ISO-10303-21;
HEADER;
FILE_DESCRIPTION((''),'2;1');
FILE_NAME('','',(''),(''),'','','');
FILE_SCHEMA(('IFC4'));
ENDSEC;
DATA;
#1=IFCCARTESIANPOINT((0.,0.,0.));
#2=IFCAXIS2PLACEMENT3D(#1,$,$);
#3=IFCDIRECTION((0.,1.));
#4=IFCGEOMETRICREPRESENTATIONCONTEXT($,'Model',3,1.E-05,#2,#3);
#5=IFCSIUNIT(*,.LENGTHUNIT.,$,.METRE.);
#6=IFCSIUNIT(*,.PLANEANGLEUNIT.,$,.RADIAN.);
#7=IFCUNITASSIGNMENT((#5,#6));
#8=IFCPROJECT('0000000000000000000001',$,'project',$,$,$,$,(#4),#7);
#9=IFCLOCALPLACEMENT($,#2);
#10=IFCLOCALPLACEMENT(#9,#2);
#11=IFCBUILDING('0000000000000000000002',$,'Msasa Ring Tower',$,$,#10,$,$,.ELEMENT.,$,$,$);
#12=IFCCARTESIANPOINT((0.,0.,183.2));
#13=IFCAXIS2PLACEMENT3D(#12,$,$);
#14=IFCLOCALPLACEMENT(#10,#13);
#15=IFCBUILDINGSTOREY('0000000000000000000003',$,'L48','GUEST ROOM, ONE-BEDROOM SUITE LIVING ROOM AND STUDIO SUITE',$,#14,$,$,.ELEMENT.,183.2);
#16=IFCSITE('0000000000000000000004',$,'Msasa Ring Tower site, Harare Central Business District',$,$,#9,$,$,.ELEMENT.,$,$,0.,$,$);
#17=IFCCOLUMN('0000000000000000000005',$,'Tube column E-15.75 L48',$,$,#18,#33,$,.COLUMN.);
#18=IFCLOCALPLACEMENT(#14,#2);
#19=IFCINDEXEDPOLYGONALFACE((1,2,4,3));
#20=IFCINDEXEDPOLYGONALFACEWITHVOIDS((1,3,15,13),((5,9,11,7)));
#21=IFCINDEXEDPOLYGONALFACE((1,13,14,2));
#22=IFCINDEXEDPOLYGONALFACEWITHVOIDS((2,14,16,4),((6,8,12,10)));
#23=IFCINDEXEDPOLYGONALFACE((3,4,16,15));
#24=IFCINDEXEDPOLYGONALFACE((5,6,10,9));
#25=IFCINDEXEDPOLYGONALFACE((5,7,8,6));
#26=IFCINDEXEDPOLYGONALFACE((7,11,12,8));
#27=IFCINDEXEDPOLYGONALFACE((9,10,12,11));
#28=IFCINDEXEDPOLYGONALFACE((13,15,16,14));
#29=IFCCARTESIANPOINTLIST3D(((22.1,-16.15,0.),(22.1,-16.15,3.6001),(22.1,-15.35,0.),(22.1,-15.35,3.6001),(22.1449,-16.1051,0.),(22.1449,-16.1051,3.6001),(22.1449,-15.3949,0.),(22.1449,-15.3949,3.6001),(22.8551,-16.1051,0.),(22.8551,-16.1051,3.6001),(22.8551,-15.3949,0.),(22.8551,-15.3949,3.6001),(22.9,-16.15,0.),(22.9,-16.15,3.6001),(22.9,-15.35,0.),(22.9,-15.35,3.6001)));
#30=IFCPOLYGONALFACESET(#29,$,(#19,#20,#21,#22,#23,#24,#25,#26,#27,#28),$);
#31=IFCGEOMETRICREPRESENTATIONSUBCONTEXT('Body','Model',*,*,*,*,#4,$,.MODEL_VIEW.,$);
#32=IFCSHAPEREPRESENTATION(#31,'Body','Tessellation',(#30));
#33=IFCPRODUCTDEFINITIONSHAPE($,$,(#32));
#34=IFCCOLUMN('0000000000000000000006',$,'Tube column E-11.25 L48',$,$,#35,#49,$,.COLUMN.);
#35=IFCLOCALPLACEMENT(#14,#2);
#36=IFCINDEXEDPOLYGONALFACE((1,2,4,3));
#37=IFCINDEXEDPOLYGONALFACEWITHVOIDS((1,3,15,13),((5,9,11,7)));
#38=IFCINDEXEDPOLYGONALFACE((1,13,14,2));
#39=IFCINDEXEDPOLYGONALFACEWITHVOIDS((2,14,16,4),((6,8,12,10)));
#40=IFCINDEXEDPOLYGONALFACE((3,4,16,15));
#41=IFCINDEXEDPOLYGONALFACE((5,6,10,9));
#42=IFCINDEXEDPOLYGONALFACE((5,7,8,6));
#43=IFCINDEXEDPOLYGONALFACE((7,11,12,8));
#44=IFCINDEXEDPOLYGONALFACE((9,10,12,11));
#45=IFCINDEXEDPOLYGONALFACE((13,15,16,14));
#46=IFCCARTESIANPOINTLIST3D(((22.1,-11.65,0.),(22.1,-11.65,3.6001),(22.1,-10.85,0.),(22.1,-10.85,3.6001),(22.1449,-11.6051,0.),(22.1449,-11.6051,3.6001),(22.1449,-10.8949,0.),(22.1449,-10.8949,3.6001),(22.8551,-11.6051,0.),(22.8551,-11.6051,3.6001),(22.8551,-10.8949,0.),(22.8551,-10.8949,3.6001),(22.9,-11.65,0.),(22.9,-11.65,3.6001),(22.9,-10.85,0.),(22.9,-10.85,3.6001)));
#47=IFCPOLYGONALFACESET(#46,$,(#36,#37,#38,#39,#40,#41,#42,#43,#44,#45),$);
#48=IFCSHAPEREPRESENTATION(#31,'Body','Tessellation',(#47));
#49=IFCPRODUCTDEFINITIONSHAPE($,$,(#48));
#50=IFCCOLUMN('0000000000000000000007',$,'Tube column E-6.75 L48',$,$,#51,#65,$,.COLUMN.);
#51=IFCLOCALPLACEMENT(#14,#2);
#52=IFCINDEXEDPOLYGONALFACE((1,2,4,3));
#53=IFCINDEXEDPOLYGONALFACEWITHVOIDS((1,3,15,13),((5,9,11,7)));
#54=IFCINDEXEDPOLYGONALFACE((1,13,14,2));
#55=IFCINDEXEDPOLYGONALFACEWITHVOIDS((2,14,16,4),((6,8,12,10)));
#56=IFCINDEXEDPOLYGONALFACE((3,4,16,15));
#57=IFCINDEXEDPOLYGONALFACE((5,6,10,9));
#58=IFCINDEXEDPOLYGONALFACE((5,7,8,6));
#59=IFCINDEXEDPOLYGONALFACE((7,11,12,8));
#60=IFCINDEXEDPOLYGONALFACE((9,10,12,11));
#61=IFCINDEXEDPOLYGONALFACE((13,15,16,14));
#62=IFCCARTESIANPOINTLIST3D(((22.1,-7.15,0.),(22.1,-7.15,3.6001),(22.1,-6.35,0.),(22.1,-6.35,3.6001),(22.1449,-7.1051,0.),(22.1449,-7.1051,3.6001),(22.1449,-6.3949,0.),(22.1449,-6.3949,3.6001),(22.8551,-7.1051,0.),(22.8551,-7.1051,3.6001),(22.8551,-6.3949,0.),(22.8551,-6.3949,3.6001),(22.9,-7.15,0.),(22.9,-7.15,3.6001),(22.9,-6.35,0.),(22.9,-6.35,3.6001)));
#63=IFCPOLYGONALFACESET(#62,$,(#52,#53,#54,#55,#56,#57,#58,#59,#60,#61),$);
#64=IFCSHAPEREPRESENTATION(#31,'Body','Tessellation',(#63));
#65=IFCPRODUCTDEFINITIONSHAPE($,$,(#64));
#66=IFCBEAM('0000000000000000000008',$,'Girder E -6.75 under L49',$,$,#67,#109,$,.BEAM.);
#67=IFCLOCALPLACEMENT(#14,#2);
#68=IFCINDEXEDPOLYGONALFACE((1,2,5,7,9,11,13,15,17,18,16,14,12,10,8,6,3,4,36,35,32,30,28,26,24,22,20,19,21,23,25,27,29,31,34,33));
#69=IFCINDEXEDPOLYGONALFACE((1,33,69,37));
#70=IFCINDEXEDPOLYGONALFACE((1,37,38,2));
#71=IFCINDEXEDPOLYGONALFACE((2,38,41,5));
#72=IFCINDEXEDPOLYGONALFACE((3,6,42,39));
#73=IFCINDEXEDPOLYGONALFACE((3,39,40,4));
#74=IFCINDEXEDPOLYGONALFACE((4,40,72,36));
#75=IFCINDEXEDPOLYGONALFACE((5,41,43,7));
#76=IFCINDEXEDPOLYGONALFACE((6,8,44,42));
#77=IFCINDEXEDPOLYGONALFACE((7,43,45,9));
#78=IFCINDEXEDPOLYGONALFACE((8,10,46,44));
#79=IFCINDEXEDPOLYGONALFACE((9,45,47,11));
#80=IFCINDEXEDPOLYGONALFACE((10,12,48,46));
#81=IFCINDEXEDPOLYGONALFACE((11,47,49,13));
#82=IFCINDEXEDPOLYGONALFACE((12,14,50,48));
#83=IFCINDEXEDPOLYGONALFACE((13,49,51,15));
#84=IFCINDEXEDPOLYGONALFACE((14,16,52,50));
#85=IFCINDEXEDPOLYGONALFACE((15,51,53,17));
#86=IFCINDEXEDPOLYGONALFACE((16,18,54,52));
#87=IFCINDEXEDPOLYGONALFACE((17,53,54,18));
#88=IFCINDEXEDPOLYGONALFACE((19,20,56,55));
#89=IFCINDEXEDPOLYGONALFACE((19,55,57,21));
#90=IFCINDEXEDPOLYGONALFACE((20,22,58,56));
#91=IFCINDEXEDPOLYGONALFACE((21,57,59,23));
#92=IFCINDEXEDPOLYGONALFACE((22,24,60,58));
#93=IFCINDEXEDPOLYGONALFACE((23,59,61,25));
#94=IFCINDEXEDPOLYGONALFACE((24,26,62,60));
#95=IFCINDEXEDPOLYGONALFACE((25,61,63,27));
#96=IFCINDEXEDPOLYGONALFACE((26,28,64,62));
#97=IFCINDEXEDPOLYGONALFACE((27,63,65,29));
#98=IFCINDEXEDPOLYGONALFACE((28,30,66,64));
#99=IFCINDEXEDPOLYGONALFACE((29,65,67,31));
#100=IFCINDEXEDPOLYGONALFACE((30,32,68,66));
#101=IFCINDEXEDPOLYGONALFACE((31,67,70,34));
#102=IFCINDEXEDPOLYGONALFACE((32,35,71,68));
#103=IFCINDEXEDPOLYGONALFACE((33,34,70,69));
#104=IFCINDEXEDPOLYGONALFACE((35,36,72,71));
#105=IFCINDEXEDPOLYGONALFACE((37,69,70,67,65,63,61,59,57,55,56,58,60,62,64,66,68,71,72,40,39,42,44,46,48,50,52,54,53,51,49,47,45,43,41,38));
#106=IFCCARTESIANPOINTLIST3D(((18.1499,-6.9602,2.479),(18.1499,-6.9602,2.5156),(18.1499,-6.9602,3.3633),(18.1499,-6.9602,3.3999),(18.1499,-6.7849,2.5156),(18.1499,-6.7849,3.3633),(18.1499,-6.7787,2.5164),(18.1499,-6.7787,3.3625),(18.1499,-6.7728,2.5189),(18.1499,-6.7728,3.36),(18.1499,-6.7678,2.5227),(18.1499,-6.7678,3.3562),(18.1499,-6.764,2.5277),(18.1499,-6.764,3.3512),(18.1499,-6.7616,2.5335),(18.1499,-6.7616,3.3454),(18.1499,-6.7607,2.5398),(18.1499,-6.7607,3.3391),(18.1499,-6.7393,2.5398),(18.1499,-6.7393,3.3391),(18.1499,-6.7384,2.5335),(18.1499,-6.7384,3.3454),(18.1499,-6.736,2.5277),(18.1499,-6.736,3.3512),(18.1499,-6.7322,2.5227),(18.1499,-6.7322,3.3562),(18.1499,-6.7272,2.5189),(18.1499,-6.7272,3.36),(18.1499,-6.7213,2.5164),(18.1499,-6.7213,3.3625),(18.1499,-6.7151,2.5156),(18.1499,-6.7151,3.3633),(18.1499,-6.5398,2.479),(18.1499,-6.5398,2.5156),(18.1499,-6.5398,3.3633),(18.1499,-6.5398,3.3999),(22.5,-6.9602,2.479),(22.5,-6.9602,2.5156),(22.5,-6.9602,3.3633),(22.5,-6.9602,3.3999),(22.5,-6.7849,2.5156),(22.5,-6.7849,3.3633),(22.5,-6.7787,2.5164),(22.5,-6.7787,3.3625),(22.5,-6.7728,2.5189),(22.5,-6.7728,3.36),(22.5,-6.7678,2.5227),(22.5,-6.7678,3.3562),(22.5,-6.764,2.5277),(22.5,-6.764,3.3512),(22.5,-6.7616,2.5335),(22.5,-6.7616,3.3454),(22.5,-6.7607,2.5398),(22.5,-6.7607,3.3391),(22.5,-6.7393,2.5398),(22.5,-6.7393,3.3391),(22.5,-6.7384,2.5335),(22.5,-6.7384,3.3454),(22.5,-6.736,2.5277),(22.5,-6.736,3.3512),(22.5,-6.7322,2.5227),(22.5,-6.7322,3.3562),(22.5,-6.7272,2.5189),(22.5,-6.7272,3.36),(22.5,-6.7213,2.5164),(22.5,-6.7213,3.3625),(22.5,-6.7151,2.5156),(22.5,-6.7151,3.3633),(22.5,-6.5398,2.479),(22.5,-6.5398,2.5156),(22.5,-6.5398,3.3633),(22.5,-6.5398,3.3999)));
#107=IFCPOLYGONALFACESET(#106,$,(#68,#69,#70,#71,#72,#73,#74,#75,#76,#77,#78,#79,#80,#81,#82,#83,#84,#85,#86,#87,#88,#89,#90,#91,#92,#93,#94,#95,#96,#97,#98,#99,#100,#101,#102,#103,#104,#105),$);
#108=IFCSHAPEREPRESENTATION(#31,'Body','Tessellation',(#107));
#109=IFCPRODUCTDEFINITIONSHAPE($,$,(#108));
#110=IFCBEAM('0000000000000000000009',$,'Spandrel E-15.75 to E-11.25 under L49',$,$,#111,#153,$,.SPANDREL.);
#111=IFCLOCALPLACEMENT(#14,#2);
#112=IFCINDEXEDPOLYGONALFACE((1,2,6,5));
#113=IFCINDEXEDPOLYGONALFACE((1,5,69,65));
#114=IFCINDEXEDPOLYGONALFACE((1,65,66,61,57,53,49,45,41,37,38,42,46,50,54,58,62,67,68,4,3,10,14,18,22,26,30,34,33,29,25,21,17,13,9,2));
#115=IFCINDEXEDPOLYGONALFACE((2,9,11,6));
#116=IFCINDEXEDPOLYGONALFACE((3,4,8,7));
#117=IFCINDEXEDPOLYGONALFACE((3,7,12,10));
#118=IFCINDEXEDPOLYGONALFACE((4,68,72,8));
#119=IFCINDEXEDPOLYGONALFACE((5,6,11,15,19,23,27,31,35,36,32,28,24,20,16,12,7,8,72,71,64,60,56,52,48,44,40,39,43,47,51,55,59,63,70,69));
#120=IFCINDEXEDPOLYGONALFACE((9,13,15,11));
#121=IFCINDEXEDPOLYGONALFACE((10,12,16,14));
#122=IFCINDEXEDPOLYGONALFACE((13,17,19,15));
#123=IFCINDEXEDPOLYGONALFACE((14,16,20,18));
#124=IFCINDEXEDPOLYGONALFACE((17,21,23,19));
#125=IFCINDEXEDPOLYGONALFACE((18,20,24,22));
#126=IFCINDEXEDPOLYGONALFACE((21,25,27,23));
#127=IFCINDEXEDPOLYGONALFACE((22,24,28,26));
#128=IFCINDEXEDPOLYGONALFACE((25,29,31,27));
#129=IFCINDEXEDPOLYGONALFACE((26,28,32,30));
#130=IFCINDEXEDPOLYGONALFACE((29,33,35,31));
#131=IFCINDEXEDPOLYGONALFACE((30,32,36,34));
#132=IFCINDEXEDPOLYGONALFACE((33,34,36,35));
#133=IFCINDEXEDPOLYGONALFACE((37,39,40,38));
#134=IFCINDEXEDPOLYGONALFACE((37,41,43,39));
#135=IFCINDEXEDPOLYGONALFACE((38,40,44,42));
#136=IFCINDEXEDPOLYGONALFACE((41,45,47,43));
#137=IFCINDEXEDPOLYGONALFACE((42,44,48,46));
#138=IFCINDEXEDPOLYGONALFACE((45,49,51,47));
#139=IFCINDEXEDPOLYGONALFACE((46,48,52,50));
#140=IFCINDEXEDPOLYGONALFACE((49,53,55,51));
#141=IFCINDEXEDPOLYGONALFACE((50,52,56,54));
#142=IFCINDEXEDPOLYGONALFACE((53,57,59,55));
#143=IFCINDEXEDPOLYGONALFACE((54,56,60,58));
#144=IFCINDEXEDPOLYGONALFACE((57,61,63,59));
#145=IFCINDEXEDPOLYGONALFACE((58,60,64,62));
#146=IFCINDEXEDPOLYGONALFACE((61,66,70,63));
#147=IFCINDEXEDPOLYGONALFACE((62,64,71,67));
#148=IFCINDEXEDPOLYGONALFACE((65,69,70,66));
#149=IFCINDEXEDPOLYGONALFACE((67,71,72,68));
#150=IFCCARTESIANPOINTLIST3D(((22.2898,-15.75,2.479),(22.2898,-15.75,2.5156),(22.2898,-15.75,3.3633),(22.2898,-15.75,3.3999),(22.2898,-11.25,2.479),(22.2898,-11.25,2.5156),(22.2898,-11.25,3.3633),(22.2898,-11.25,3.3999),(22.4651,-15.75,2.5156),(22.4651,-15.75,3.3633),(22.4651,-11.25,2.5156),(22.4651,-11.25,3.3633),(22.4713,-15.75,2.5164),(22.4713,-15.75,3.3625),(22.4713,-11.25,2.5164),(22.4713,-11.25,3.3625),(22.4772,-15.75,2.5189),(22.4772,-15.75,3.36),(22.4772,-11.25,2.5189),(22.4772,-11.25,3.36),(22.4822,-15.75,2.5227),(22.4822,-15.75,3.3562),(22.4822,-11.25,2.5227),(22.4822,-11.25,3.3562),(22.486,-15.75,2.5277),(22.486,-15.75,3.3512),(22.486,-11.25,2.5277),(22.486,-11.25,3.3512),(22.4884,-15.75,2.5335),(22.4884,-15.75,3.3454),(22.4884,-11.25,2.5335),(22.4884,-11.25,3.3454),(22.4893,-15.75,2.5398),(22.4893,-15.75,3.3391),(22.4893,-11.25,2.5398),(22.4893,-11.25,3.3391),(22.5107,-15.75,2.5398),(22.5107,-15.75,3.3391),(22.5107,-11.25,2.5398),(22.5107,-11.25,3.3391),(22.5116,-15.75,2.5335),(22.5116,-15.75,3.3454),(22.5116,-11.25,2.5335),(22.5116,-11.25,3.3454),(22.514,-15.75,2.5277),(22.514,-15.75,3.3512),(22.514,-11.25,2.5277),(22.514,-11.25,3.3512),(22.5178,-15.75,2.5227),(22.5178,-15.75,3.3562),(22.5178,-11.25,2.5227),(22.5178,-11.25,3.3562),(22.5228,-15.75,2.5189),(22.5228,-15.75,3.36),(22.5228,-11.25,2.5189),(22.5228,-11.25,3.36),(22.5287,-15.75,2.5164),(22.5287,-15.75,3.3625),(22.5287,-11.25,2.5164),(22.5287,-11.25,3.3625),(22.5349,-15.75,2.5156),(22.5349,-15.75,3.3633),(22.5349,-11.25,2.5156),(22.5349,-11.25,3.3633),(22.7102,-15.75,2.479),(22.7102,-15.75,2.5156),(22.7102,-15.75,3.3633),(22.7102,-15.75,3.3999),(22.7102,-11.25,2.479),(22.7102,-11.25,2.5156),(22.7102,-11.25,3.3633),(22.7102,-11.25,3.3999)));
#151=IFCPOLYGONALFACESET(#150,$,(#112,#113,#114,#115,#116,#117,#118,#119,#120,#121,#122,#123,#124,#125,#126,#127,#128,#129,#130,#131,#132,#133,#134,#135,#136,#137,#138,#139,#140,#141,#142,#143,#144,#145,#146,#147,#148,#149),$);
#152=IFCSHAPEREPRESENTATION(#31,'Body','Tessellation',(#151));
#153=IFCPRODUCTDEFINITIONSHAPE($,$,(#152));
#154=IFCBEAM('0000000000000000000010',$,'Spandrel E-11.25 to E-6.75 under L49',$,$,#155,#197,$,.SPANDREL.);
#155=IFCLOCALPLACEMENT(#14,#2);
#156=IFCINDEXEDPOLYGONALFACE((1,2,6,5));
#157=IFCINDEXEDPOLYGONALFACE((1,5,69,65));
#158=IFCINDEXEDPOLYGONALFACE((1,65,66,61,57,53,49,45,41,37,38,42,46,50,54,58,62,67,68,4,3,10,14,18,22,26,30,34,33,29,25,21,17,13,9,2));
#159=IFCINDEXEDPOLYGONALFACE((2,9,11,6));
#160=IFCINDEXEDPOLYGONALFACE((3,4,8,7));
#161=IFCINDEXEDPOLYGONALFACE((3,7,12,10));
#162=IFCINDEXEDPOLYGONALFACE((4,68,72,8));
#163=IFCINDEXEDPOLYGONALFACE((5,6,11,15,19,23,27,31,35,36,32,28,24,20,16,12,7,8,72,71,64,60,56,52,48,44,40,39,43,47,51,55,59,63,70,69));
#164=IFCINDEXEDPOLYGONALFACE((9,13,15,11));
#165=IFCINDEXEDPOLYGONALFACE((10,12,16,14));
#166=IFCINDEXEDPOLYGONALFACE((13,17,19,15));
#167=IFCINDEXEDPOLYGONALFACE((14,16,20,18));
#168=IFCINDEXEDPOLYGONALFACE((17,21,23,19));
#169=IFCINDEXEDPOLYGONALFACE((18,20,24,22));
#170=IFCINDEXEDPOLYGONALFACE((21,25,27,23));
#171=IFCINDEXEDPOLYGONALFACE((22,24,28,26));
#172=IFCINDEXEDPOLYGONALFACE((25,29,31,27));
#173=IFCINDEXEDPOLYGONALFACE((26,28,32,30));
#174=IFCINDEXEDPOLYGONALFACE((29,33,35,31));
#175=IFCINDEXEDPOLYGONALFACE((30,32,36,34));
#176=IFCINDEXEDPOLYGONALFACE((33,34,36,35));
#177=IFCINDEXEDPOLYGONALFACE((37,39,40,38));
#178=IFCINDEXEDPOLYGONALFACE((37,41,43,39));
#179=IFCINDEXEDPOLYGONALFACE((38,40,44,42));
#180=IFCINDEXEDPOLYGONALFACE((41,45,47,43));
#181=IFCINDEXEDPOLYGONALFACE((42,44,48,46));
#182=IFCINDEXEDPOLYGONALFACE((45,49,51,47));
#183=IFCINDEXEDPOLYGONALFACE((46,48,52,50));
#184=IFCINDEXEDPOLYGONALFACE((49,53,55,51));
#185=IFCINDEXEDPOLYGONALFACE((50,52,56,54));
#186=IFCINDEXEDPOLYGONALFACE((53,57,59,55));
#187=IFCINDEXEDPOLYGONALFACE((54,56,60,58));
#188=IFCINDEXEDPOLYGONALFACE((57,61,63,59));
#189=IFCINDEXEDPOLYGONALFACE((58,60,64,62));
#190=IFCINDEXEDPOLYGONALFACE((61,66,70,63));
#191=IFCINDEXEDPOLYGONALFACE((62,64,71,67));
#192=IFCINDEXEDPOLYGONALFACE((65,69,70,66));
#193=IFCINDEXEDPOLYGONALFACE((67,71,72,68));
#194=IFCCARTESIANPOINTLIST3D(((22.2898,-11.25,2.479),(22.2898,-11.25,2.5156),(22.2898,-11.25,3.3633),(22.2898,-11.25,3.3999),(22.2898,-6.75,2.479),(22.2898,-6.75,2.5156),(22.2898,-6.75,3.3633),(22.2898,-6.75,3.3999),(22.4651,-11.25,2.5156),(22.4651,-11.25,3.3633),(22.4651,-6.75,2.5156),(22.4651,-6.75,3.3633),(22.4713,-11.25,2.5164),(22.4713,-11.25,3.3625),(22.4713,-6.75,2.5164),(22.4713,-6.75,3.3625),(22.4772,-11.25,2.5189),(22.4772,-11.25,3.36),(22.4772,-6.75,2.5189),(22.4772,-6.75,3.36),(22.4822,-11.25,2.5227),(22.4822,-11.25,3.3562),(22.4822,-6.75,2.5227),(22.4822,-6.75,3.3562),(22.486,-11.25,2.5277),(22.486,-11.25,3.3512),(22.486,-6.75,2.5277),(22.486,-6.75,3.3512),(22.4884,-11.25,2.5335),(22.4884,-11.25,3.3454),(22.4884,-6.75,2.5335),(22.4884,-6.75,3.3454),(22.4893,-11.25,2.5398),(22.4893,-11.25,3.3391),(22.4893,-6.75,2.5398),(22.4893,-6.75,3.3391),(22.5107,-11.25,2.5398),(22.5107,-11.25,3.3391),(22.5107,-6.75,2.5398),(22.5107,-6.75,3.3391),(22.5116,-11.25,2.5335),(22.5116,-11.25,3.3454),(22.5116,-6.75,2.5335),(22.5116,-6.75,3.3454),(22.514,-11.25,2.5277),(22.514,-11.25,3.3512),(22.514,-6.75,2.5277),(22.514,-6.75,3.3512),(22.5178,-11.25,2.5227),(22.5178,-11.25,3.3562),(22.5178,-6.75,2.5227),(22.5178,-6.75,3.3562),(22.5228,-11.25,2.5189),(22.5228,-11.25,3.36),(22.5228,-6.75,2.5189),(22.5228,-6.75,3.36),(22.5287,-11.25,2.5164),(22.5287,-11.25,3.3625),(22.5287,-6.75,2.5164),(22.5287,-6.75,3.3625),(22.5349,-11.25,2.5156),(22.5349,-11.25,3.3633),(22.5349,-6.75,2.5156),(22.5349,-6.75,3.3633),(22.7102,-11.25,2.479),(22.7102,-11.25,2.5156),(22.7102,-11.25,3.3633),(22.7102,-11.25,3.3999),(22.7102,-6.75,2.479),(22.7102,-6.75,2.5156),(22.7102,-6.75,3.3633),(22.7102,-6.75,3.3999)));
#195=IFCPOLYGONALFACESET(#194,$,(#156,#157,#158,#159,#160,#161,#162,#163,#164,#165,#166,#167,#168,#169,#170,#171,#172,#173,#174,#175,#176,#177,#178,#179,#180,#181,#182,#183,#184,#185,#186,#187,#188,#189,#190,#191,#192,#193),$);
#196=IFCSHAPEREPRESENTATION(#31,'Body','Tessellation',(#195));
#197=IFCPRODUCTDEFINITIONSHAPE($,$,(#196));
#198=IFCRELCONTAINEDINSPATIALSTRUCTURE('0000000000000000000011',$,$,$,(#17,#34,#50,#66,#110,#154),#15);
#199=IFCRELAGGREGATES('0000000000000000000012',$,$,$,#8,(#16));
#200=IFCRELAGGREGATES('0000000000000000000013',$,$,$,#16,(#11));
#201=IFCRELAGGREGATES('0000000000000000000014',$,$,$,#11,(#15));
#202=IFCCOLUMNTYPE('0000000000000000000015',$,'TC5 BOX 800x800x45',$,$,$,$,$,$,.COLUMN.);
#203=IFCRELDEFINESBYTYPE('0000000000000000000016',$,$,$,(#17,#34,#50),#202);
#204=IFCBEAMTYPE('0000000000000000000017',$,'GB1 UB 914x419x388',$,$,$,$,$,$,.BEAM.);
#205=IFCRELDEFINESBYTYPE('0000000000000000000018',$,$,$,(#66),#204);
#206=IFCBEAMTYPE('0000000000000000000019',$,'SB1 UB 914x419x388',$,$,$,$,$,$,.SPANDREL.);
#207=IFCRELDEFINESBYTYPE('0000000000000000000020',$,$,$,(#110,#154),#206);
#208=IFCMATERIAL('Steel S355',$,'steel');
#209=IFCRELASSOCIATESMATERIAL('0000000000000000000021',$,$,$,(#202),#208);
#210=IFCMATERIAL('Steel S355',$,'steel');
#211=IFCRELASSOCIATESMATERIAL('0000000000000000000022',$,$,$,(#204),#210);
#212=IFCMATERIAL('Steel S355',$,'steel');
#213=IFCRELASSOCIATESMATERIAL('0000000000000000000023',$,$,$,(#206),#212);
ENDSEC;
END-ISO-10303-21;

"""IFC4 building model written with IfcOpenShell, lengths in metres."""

from ifc_helpers import new_model, si_unit, direction, frame, origin, origin_2d, place, context, subcontext, project, spatial, hollow_rectangle, i_section, extrude, material, material_profile, profile_set, type_object, element, save


model = new_model("IFC4")

# Units and contexts
model_context = context("Model", 3, precision=1e-05, world=origin(), true_north=direction((0.0, 1.0)))
body_context = subcontext(model_context, "Body", "Model", "MODEL_VIEW")
ifc_project = project(units=[si_unit("LENGTHUNIT", "METRE"), si_unit("PLANEANGLEUNIT", "RADIAN")], contexts=[model_context])

# Site, building, storey
site_placement = place(None, origin())
site = spatial("IfcSite", under=ifc_project, at=site_placement, Name="Msasa Ring Tower site, Harare Central Business District", CompositionType="ELEMENT", RefElevation=0.0)
building_placement = place(site_placement, origin())
building = spatial("IfcBuilding", under=site, at=building_placement, Name="Msasa Ring Tower", CompositionType="ELEMENT")
storey_placement = place(building_placement, frame((0.0, 0.0, 183.2)))
storey = spatial("IfcBuildingStorey", under=building, at=storey_placement, Name="L48", Description="GUEST ROOM, ONE-BEDROOM SUITE LIVING ROOM AND STUDIO SUITE", CompositionType="ELEMENT", Elevation=183.2)

# Columns
ifc_material_1 = material(Name="Steel S355", Category="steel")
ifc_material_profile_1 = material_profile(ifc_material_1, hollow_rectangle(XDim=0.8, YDim=0.8, WallThickness=0.0449, at=origin_2d()), Name="BOX 800x800x45")
ifc_profile_set_1 = profile_set([ifc_material_profile_1], Name="Steel S355")
column_type = type_object("IfcColumnType", Name="TC5 BOX 800x800x45", PredefinedType="COLUMN", material=ifc_profile_set_1)
for number, where, z_axis, x_axis, name in (
    (1, (22.5, -15.75, 0.0), (0.0, 0.0, 1.0), (1.0, 0.0, 0.0), "Tube column E-15.75 L48"),
    (2, (22.5, -11.25, 0.0), (0.0, 0.0, 1.0), (1.0, 0.0, 0.0), "Tube column E-11.25 L48"),
    (3, (22.5, -6.75, 0.0), (0.0, 0.0, 1.0), (1.0, 0.0, 0.0), "Tube column E-6.75 L48"),
):
    element("IfcColumn", number, at=place(storey_placement, frame(where, z_axis=z_axis, x_axis=x_axis)), inside=storey, type_object=column_type, Name=name, PredefinedType="COLUMN", context=body_context, shape_type="SweptSolid", body=[
        extrude(hollow_rectangle(XDim=0.8, YDim=0.8, WallThickness=0.0449, at=origin_2d()), origin(), (0.0, 0.0, 1.0), 3.6001),
    ])

# Beams
ifc_material_2 = material(Name="Steel S355", Category="steel")
ifc_material_profile_2 = material_profile(ifc_material_2, i_section(OverallWidth=0.4204, OverallDepth=0.9209, WebThickness=0.0215, FlangeThickness=0.0366, FilletRadius=0.0242, at=origin_2d()), Name="UB 914x419x388")
ifc_profile_set_2 = profile_set([ifc_material_profile_2], Name="Steel S355")
beam_type_1 = type_object("IfcBeamType", Name="GB1 UB 914x419x388", PredefinedType="BEAM", material=ifc_profile_set_2)
beam_placement = place(storey_placement, frame((18.1499, -6.75, 2.9395), z_axis=(1.0, 0.0, 0.0), x_axis=(0.0, 1.0, 0.0)))
element("IfcBeam", 4, at=beam_placement, inside=storey, type_object=beam_type_1, Name="Girder E -6.75 under L49", PredefinedType="BEAM", context=body_context, shape_type="SweptSolid", body=[
    extrude(i_section(OverallWidth=0.4204, OverallDepth=0.9209, WebThickness=0.0215, FlangeThickness=0.0366, FilletRadius=0.0242, at=origin_2d()), origin(), (0.0, 0.0, 1.0), 4.3501),
])
ifc_material_3 = material(Name="Steel S355", Category="steel")
ifc_material_profile_3 = material_profile(ifc_material_3, i_section(OverallWidth=0.4204, OverallDepth=0.9209, WebThickness=0.0215, FlangeThickness=0.0366, FilletRadius=0.0242, at=origin_2d()), Name="UB 914x419x388")
ifc_profile_set_3 = profile_set([ifc_material_profile_3], Name="Steel S355")
beam_type_2 = type_object("IfcBeamType", Name="SB1 UB 914x419x388", PredefinedType="SPANDREL", material=ifc_profile_set_3)
for number, where, z_axis, x_axis, name in (
    (5, (22.5, -15.75, 2.9395), (0.0, 1.0, 0.0), (-1.0, 0.0, 0.0), "Spandrel E-15.75 to E-11.25 under L49"),
    (6, (22.5, -11.25, 2.9395), (0.0, 1.0, 0.0), (-1.0, 0.0, 0.0), "Spandrel E-11.25 to E-6.75 under L49"),
):
    element("IfcBeam", number, at=place(storey_placement, frame(where, z_axis=z_axis, x_axis=x_axis)), inside=storey, type_object=beam_type_2, Name=name, PredefinedType="SPANDREL", context=body_context, shape_type="SweptSolid", body=[
        extrude(i_section(OverallWidth=0.4204, OverallDepth=0.9209, WebThickness=0.0215, FlangeThickness=0.0366, FilletRadius=0.0242, at=origin_2d()), origin(), (0.0, 0.0, 1.0), 4.5),
    ])

save(model, "model.ifc")
